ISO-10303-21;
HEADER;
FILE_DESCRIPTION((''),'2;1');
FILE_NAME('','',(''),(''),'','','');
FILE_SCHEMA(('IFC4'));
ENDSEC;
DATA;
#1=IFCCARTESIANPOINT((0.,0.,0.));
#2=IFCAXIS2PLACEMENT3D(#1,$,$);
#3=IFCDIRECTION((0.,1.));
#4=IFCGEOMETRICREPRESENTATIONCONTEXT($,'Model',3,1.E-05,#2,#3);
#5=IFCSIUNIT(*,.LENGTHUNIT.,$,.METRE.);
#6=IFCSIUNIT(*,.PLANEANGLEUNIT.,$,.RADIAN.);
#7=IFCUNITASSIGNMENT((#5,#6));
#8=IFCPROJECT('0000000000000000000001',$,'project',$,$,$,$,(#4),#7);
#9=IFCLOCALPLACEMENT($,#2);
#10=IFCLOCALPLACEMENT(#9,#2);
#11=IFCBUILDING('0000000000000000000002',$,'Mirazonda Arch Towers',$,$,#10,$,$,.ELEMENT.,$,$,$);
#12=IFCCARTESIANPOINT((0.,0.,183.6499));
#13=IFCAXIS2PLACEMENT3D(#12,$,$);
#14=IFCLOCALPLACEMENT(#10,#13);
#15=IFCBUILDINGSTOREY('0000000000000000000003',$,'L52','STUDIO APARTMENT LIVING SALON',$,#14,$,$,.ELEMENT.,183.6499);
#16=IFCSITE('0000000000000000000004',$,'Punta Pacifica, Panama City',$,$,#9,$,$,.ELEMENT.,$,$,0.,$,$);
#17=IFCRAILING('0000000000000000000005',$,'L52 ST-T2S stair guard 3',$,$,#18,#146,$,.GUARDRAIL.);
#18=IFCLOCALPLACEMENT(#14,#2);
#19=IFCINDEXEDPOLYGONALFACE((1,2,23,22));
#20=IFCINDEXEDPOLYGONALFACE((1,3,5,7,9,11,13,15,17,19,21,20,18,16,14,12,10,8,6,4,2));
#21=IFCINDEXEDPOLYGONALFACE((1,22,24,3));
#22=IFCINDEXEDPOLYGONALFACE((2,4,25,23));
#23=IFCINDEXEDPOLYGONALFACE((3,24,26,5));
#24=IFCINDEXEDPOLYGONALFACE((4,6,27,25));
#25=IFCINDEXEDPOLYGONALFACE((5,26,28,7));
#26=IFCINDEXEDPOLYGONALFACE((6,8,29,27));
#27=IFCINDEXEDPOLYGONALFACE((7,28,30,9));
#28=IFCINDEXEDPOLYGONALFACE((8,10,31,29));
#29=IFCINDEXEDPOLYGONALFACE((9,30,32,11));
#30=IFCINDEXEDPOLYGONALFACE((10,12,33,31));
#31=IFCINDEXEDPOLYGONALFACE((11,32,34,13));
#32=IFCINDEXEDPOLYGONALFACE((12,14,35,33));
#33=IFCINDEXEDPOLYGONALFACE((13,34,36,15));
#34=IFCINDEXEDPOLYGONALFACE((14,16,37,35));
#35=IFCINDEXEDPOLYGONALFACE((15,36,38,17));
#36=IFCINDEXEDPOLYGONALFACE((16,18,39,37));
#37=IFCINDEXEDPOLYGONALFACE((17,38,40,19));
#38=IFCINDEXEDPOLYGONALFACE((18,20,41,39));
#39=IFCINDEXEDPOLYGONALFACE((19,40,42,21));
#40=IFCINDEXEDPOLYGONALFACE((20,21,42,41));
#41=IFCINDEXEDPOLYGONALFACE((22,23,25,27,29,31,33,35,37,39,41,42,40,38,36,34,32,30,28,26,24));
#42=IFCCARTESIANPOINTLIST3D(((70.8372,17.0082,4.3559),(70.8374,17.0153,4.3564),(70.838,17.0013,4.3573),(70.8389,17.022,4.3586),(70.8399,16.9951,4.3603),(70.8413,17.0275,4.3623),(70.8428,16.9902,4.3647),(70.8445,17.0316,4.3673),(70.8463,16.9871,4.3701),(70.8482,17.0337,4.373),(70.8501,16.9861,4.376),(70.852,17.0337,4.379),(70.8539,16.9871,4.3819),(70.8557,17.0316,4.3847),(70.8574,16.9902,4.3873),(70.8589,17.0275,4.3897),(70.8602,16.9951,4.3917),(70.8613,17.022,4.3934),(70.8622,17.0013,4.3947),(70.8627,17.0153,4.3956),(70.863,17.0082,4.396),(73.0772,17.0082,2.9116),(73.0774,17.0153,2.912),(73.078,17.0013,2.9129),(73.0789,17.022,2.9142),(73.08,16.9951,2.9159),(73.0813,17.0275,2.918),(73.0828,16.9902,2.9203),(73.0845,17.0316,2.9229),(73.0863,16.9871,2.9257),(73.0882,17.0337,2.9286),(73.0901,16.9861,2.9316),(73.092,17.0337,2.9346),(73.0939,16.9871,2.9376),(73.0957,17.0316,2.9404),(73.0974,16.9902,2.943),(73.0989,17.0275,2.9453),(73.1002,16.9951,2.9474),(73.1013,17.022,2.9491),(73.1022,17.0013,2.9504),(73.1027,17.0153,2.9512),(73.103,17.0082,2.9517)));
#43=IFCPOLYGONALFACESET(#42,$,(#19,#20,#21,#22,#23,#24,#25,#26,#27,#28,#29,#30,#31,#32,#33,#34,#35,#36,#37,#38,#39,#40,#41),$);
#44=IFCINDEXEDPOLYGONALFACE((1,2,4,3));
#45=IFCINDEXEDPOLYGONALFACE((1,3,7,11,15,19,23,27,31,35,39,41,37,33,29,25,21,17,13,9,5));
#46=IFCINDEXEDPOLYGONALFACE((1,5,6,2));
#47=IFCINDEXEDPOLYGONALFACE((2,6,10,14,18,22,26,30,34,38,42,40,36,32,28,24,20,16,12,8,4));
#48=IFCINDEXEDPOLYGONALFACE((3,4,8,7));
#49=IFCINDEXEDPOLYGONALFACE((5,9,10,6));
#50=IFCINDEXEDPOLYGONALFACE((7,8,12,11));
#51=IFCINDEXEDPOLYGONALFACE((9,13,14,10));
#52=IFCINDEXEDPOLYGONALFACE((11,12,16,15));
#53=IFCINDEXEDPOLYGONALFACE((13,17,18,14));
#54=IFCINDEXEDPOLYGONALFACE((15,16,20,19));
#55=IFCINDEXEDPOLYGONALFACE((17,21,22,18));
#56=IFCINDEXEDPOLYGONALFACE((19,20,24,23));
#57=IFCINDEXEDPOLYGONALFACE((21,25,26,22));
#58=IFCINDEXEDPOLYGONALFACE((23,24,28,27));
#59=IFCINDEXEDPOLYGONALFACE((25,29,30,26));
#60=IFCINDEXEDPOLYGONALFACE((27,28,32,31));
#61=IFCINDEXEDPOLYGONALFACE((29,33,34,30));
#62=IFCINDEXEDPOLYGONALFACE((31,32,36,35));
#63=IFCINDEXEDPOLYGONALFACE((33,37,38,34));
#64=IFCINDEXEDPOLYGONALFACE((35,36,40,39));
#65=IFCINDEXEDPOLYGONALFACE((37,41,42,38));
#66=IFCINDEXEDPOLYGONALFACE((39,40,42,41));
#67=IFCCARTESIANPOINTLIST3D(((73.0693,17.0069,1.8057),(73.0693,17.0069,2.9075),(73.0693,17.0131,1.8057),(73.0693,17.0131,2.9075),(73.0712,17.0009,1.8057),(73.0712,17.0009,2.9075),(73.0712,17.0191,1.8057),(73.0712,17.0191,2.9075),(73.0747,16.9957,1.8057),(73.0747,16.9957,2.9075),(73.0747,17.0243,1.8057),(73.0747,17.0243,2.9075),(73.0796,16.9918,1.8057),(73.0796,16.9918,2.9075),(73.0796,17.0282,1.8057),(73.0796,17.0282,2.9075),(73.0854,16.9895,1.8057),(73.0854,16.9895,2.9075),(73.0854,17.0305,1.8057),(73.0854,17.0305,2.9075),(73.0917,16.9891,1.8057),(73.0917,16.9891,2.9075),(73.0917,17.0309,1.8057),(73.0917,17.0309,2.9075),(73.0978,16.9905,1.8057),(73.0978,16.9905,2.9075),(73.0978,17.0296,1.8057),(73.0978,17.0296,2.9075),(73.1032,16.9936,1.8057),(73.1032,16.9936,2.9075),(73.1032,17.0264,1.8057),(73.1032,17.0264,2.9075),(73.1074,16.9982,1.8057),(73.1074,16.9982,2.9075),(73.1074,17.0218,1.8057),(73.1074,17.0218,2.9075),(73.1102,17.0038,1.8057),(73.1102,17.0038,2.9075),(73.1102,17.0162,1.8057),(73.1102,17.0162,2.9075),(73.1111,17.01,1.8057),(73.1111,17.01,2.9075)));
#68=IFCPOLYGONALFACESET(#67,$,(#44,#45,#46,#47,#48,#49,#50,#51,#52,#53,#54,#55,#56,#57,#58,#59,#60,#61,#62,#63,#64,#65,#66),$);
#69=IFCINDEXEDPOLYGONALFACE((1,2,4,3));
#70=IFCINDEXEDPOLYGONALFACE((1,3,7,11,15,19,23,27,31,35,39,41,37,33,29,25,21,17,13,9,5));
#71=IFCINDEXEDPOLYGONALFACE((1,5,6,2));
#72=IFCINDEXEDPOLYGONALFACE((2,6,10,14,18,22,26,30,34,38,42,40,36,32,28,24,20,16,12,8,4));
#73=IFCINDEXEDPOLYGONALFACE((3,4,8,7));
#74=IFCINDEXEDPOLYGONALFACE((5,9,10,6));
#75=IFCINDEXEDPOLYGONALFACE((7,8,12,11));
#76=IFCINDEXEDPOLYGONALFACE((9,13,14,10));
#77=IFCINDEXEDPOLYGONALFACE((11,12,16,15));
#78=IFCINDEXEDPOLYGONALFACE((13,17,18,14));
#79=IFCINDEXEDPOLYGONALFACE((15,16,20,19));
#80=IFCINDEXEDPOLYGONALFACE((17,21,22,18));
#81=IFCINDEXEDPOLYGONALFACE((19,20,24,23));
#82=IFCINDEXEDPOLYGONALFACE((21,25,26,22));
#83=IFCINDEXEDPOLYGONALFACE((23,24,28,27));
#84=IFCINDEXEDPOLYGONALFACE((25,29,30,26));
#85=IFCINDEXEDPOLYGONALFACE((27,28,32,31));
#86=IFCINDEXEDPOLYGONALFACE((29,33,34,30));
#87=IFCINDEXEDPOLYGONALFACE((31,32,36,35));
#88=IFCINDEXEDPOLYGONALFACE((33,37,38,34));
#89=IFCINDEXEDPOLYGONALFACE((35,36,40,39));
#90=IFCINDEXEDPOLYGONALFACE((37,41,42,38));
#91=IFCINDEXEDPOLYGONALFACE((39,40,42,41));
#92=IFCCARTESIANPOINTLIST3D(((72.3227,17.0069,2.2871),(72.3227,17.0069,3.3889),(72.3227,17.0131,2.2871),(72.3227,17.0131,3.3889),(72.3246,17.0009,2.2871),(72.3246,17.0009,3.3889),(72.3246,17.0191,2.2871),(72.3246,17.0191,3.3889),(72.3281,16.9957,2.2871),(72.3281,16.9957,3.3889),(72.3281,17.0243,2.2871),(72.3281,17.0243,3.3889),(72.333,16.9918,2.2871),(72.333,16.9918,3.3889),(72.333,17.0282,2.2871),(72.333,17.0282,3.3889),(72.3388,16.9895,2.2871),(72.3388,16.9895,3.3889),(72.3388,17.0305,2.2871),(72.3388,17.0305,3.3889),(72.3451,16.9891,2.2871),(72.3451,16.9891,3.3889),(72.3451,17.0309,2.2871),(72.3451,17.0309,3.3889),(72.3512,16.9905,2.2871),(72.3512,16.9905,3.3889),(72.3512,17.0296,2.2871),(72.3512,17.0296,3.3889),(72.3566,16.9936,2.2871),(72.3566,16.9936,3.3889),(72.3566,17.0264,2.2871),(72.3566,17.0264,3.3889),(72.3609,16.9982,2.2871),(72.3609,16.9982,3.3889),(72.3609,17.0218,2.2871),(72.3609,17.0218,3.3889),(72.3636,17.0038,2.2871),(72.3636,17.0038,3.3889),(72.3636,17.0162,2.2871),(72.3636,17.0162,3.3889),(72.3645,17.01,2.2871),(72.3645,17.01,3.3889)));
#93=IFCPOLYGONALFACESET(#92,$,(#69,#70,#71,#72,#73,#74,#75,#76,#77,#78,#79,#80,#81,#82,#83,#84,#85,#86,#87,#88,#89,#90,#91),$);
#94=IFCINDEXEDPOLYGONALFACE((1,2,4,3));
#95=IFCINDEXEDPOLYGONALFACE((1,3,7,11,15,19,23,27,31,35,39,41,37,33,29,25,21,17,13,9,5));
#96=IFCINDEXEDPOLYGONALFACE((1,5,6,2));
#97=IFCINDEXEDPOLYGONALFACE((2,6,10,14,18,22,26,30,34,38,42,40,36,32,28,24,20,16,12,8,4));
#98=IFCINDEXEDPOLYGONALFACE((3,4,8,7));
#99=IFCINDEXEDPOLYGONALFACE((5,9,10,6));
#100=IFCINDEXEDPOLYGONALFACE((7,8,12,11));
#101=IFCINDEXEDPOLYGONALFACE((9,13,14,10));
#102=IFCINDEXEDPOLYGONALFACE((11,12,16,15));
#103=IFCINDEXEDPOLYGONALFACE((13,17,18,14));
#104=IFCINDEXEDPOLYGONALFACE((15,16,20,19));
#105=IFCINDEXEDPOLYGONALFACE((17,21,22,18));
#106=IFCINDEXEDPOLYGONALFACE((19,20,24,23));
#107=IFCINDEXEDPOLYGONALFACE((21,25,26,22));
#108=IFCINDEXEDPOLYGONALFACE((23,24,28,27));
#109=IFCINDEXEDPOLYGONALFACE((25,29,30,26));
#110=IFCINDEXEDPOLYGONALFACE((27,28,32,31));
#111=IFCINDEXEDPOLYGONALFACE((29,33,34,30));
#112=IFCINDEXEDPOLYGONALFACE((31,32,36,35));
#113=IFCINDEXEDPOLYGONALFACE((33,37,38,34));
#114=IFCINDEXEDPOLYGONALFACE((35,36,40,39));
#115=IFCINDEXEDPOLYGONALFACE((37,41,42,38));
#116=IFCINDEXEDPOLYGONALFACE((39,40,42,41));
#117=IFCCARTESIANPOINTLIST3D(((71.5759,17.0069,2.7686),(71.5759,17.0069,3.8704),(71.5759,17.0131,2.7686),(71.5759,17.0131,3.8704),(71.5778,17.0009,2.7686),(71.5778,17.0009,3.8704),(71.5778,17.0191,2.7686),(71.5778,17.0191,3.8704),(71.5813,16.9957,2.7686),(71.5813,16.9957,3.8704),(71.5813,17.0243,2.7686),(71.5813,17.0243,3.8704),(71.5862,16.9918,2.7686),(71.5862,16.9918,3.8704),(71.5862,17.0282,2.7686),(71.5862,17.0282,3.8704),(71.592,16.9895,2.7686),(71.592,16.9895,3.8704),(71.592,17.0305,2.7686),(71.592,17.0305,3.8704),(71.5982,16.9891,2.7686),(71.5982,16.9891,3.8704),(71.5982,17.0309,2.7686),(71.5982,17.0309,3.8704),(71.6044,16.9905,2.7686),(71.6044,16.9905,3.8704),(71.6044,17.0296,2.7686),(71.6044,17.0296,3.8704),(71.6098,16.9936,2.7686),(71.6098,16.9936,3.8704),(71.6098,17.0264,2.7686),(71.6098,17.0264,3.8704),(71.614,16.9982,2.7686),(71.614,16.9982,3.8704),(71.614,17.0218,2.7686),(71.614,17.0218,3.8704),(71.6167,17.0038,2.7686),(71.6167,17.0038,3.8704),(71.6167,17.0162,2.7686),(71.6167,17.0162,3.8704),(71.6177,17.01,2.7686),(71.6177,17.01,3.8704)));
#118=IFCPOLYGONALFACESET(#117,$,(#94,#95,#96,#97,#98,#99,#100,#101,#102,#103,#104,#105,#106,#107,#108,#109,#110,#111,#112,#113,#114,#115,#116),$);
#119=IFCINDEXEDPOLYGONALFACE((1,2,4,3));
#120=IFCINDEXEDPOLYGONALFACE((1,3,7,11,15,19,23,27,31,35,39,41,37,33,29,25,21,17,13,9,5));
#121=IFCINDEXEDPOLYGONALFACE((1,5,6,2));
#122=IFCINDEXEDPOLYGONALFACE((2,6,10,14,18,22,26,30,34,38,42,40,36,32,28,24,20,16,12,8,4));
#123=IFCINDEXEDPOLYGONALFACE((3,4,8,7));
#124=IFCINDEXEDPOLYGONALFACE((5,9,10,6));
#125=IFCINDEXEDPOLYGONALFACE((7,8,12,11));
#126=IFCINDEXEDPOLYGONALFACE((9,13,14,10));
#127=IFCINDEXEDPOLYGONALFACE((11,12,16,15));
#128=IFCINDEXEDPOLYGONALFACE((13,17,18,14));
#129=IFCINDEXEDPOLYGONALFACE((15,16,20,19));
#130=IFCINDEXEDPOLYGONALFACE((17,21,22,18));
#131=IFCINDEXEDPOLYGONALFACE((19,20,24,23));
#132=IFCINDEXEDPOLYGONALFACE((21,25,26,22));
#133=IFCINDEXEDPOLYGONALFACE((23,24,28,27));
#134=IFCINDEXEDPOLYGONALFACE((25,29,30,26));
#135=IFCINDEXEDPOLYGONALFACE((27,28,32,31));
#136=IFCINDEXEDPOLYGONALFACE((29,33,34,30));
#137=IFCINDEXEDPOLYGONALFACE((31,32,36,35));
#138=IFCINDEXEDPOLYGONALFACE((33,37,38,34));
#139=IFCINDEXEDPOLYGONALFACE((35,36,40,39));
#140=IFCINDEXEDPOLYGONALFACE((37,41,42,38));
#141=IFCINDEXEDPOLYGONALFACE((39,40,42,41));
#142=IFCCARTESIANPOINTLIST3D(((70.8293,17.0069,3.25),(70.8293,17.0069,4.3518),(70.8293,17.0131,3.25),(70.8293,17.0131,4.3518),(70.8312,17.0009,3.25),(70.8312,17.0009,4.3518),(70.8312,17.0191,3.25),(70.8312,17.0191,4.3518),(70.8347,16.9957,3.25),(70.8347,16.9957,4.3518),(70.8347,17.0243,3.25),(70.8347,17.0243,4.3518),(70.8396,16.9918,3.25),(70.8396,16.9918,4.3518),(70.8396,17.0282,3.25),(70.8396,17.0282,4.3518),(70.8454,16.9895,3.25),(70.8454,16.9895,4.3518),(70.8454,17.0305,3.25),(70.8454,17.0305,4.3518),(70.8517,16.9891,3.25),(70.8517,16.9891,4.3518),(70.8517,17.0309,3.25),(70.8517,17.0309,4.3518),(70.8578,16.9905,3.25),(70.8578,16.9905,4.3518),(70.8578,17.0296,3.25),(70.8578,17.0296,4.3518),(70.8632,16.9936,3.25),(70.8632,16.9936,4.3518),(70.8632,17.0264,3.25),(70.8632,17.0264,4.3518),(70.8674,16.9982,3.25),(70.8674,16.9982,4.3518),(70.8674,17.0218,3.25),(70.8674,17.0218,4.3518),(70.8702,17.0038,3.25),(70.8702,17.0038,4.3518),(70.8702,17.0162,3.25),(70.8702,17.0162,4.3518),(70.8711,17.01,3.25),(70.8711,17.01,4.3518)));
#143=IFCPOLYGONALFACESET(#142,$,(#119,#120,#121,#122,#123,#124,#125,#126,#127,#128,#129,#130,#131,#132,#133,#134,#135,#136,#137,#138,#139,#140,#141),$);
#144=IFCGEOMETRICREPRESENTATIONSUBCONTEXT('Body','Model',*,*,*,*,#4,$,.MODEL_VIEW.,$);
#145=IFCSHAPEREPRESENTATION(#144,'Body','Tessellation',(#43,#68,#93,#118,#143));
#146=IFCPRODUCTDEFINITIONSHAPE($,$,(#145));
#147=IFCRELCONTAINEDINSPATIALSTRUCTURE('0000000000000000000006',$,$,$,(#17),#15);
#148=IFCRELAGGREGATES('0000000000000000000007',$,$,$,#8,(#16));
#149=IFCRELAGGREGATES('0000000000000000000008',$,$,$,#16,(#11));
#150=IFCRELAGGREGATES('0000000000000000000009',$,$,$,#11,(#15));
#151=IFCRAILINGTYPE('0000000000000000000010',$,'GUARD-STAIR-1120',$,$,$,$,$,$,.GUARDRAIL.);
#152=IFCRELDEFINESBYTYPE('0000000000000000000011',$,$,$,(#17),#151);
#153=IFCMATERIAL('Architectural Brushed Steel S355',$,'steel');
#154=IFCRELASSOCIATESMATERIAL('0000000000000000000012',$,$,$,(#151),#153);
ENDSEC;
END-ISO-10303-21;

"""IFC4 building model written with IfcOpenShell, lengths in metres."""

from ifc_helpers import new_model, si_unit, direction, frame, origin, origin_2d, place, context, subcontext, project, spatial, circle, extrude, material, type_object, element, save


model = new_model("IFC4")

# Units and contexts
model_context = context("Model", 3, precision=1e-05, world=origin(), true_north=direction((0.0, 1.0)))
body_context = subcontext(model_context, "Body", "Model", "MODEL_VIEW")
ifc_project = project(units=[si_unit("LENGTHUNIT", "METRE"), si_unit("PLANEANGLEUNIT", "RADIAN")], contexts=[model_context])

# Site, building, storey
site_placement = place(None, origin())
site = spatial("IfcSite", under=ifc_project, at=site_placement, Name="Punta Pacifica, Panama City", CompositionType="ELEMENT", RefElevation=0.0)
building_placement = place(site_placement, origin())
building = spatial("IfcBuilding", under=site, at=building_placement, Name="Mirazonda Arch Towers", CompositionType="ELEMENT")
storey_placement = place(building_placement, frame((0.0, 0.0, 183.6499)))
storey = spatial("IfcBuildingStorey", under=building, at=storey_placement, Name="L52", Description="STUDIO APARTMENT LIVING SALON", CompositionType="ELEMENT", Elevation=183.6499)

# Shared definitions
ifc_material_1 = material(Name="Architectural Brushed Steel S355", Category="steel")

# Railing
railing_type_1 = type_object("IfcRailingType", Name="GUARD-STAIR-1120", PredefinedType="GUARDRAIL", material=ifc_material_1)
railing_1_placement = place(storey_placement, frame((73.0901, 17.01, 1.8057)))
element("IfcRailing", 1, at=railing_1_placement, inside=storey, type_object=railing_type_1, Name="L52 ST-T2S stair guard 3", PredefinedType="GUARDRAIL", context=body_context, shape_type="SweptSolid", body=[
    extrude(circle(Radius=0.0239, at=origin_2d()), frame((0.0, 0.0, 1.126), z_axis=(-0.840437, 0.0, 0.54191), x_axis=(0.0, -1.0, 0.0)), (0.0, 0.0, 1.0), 2.6653),
    extrude(circle(Radius=0.021, at=origin_2d()), origin(), (0.0, 0.0, 1.0), 1.1018),
    extrude(circle(Radius=0.021, at=origin_2d()), frame((-0.7466, 0.0, 0.4814)), (0.0, 0.0, 1.0), 1.1018),
    extrude(circle(Radius=0.021, at=origin_2d()), frame((-1.4934, 0.0, 0.9629)), (0.0, 0.0, 1.0), 1.1018),
    extrude(circle(Radius=0.021, at=origin_2d()), frame((-2.24, 0.0, 1.4443)), (0.0, 0.0, 1.0), 1.1018),
])

save(model, "model.ifc")
